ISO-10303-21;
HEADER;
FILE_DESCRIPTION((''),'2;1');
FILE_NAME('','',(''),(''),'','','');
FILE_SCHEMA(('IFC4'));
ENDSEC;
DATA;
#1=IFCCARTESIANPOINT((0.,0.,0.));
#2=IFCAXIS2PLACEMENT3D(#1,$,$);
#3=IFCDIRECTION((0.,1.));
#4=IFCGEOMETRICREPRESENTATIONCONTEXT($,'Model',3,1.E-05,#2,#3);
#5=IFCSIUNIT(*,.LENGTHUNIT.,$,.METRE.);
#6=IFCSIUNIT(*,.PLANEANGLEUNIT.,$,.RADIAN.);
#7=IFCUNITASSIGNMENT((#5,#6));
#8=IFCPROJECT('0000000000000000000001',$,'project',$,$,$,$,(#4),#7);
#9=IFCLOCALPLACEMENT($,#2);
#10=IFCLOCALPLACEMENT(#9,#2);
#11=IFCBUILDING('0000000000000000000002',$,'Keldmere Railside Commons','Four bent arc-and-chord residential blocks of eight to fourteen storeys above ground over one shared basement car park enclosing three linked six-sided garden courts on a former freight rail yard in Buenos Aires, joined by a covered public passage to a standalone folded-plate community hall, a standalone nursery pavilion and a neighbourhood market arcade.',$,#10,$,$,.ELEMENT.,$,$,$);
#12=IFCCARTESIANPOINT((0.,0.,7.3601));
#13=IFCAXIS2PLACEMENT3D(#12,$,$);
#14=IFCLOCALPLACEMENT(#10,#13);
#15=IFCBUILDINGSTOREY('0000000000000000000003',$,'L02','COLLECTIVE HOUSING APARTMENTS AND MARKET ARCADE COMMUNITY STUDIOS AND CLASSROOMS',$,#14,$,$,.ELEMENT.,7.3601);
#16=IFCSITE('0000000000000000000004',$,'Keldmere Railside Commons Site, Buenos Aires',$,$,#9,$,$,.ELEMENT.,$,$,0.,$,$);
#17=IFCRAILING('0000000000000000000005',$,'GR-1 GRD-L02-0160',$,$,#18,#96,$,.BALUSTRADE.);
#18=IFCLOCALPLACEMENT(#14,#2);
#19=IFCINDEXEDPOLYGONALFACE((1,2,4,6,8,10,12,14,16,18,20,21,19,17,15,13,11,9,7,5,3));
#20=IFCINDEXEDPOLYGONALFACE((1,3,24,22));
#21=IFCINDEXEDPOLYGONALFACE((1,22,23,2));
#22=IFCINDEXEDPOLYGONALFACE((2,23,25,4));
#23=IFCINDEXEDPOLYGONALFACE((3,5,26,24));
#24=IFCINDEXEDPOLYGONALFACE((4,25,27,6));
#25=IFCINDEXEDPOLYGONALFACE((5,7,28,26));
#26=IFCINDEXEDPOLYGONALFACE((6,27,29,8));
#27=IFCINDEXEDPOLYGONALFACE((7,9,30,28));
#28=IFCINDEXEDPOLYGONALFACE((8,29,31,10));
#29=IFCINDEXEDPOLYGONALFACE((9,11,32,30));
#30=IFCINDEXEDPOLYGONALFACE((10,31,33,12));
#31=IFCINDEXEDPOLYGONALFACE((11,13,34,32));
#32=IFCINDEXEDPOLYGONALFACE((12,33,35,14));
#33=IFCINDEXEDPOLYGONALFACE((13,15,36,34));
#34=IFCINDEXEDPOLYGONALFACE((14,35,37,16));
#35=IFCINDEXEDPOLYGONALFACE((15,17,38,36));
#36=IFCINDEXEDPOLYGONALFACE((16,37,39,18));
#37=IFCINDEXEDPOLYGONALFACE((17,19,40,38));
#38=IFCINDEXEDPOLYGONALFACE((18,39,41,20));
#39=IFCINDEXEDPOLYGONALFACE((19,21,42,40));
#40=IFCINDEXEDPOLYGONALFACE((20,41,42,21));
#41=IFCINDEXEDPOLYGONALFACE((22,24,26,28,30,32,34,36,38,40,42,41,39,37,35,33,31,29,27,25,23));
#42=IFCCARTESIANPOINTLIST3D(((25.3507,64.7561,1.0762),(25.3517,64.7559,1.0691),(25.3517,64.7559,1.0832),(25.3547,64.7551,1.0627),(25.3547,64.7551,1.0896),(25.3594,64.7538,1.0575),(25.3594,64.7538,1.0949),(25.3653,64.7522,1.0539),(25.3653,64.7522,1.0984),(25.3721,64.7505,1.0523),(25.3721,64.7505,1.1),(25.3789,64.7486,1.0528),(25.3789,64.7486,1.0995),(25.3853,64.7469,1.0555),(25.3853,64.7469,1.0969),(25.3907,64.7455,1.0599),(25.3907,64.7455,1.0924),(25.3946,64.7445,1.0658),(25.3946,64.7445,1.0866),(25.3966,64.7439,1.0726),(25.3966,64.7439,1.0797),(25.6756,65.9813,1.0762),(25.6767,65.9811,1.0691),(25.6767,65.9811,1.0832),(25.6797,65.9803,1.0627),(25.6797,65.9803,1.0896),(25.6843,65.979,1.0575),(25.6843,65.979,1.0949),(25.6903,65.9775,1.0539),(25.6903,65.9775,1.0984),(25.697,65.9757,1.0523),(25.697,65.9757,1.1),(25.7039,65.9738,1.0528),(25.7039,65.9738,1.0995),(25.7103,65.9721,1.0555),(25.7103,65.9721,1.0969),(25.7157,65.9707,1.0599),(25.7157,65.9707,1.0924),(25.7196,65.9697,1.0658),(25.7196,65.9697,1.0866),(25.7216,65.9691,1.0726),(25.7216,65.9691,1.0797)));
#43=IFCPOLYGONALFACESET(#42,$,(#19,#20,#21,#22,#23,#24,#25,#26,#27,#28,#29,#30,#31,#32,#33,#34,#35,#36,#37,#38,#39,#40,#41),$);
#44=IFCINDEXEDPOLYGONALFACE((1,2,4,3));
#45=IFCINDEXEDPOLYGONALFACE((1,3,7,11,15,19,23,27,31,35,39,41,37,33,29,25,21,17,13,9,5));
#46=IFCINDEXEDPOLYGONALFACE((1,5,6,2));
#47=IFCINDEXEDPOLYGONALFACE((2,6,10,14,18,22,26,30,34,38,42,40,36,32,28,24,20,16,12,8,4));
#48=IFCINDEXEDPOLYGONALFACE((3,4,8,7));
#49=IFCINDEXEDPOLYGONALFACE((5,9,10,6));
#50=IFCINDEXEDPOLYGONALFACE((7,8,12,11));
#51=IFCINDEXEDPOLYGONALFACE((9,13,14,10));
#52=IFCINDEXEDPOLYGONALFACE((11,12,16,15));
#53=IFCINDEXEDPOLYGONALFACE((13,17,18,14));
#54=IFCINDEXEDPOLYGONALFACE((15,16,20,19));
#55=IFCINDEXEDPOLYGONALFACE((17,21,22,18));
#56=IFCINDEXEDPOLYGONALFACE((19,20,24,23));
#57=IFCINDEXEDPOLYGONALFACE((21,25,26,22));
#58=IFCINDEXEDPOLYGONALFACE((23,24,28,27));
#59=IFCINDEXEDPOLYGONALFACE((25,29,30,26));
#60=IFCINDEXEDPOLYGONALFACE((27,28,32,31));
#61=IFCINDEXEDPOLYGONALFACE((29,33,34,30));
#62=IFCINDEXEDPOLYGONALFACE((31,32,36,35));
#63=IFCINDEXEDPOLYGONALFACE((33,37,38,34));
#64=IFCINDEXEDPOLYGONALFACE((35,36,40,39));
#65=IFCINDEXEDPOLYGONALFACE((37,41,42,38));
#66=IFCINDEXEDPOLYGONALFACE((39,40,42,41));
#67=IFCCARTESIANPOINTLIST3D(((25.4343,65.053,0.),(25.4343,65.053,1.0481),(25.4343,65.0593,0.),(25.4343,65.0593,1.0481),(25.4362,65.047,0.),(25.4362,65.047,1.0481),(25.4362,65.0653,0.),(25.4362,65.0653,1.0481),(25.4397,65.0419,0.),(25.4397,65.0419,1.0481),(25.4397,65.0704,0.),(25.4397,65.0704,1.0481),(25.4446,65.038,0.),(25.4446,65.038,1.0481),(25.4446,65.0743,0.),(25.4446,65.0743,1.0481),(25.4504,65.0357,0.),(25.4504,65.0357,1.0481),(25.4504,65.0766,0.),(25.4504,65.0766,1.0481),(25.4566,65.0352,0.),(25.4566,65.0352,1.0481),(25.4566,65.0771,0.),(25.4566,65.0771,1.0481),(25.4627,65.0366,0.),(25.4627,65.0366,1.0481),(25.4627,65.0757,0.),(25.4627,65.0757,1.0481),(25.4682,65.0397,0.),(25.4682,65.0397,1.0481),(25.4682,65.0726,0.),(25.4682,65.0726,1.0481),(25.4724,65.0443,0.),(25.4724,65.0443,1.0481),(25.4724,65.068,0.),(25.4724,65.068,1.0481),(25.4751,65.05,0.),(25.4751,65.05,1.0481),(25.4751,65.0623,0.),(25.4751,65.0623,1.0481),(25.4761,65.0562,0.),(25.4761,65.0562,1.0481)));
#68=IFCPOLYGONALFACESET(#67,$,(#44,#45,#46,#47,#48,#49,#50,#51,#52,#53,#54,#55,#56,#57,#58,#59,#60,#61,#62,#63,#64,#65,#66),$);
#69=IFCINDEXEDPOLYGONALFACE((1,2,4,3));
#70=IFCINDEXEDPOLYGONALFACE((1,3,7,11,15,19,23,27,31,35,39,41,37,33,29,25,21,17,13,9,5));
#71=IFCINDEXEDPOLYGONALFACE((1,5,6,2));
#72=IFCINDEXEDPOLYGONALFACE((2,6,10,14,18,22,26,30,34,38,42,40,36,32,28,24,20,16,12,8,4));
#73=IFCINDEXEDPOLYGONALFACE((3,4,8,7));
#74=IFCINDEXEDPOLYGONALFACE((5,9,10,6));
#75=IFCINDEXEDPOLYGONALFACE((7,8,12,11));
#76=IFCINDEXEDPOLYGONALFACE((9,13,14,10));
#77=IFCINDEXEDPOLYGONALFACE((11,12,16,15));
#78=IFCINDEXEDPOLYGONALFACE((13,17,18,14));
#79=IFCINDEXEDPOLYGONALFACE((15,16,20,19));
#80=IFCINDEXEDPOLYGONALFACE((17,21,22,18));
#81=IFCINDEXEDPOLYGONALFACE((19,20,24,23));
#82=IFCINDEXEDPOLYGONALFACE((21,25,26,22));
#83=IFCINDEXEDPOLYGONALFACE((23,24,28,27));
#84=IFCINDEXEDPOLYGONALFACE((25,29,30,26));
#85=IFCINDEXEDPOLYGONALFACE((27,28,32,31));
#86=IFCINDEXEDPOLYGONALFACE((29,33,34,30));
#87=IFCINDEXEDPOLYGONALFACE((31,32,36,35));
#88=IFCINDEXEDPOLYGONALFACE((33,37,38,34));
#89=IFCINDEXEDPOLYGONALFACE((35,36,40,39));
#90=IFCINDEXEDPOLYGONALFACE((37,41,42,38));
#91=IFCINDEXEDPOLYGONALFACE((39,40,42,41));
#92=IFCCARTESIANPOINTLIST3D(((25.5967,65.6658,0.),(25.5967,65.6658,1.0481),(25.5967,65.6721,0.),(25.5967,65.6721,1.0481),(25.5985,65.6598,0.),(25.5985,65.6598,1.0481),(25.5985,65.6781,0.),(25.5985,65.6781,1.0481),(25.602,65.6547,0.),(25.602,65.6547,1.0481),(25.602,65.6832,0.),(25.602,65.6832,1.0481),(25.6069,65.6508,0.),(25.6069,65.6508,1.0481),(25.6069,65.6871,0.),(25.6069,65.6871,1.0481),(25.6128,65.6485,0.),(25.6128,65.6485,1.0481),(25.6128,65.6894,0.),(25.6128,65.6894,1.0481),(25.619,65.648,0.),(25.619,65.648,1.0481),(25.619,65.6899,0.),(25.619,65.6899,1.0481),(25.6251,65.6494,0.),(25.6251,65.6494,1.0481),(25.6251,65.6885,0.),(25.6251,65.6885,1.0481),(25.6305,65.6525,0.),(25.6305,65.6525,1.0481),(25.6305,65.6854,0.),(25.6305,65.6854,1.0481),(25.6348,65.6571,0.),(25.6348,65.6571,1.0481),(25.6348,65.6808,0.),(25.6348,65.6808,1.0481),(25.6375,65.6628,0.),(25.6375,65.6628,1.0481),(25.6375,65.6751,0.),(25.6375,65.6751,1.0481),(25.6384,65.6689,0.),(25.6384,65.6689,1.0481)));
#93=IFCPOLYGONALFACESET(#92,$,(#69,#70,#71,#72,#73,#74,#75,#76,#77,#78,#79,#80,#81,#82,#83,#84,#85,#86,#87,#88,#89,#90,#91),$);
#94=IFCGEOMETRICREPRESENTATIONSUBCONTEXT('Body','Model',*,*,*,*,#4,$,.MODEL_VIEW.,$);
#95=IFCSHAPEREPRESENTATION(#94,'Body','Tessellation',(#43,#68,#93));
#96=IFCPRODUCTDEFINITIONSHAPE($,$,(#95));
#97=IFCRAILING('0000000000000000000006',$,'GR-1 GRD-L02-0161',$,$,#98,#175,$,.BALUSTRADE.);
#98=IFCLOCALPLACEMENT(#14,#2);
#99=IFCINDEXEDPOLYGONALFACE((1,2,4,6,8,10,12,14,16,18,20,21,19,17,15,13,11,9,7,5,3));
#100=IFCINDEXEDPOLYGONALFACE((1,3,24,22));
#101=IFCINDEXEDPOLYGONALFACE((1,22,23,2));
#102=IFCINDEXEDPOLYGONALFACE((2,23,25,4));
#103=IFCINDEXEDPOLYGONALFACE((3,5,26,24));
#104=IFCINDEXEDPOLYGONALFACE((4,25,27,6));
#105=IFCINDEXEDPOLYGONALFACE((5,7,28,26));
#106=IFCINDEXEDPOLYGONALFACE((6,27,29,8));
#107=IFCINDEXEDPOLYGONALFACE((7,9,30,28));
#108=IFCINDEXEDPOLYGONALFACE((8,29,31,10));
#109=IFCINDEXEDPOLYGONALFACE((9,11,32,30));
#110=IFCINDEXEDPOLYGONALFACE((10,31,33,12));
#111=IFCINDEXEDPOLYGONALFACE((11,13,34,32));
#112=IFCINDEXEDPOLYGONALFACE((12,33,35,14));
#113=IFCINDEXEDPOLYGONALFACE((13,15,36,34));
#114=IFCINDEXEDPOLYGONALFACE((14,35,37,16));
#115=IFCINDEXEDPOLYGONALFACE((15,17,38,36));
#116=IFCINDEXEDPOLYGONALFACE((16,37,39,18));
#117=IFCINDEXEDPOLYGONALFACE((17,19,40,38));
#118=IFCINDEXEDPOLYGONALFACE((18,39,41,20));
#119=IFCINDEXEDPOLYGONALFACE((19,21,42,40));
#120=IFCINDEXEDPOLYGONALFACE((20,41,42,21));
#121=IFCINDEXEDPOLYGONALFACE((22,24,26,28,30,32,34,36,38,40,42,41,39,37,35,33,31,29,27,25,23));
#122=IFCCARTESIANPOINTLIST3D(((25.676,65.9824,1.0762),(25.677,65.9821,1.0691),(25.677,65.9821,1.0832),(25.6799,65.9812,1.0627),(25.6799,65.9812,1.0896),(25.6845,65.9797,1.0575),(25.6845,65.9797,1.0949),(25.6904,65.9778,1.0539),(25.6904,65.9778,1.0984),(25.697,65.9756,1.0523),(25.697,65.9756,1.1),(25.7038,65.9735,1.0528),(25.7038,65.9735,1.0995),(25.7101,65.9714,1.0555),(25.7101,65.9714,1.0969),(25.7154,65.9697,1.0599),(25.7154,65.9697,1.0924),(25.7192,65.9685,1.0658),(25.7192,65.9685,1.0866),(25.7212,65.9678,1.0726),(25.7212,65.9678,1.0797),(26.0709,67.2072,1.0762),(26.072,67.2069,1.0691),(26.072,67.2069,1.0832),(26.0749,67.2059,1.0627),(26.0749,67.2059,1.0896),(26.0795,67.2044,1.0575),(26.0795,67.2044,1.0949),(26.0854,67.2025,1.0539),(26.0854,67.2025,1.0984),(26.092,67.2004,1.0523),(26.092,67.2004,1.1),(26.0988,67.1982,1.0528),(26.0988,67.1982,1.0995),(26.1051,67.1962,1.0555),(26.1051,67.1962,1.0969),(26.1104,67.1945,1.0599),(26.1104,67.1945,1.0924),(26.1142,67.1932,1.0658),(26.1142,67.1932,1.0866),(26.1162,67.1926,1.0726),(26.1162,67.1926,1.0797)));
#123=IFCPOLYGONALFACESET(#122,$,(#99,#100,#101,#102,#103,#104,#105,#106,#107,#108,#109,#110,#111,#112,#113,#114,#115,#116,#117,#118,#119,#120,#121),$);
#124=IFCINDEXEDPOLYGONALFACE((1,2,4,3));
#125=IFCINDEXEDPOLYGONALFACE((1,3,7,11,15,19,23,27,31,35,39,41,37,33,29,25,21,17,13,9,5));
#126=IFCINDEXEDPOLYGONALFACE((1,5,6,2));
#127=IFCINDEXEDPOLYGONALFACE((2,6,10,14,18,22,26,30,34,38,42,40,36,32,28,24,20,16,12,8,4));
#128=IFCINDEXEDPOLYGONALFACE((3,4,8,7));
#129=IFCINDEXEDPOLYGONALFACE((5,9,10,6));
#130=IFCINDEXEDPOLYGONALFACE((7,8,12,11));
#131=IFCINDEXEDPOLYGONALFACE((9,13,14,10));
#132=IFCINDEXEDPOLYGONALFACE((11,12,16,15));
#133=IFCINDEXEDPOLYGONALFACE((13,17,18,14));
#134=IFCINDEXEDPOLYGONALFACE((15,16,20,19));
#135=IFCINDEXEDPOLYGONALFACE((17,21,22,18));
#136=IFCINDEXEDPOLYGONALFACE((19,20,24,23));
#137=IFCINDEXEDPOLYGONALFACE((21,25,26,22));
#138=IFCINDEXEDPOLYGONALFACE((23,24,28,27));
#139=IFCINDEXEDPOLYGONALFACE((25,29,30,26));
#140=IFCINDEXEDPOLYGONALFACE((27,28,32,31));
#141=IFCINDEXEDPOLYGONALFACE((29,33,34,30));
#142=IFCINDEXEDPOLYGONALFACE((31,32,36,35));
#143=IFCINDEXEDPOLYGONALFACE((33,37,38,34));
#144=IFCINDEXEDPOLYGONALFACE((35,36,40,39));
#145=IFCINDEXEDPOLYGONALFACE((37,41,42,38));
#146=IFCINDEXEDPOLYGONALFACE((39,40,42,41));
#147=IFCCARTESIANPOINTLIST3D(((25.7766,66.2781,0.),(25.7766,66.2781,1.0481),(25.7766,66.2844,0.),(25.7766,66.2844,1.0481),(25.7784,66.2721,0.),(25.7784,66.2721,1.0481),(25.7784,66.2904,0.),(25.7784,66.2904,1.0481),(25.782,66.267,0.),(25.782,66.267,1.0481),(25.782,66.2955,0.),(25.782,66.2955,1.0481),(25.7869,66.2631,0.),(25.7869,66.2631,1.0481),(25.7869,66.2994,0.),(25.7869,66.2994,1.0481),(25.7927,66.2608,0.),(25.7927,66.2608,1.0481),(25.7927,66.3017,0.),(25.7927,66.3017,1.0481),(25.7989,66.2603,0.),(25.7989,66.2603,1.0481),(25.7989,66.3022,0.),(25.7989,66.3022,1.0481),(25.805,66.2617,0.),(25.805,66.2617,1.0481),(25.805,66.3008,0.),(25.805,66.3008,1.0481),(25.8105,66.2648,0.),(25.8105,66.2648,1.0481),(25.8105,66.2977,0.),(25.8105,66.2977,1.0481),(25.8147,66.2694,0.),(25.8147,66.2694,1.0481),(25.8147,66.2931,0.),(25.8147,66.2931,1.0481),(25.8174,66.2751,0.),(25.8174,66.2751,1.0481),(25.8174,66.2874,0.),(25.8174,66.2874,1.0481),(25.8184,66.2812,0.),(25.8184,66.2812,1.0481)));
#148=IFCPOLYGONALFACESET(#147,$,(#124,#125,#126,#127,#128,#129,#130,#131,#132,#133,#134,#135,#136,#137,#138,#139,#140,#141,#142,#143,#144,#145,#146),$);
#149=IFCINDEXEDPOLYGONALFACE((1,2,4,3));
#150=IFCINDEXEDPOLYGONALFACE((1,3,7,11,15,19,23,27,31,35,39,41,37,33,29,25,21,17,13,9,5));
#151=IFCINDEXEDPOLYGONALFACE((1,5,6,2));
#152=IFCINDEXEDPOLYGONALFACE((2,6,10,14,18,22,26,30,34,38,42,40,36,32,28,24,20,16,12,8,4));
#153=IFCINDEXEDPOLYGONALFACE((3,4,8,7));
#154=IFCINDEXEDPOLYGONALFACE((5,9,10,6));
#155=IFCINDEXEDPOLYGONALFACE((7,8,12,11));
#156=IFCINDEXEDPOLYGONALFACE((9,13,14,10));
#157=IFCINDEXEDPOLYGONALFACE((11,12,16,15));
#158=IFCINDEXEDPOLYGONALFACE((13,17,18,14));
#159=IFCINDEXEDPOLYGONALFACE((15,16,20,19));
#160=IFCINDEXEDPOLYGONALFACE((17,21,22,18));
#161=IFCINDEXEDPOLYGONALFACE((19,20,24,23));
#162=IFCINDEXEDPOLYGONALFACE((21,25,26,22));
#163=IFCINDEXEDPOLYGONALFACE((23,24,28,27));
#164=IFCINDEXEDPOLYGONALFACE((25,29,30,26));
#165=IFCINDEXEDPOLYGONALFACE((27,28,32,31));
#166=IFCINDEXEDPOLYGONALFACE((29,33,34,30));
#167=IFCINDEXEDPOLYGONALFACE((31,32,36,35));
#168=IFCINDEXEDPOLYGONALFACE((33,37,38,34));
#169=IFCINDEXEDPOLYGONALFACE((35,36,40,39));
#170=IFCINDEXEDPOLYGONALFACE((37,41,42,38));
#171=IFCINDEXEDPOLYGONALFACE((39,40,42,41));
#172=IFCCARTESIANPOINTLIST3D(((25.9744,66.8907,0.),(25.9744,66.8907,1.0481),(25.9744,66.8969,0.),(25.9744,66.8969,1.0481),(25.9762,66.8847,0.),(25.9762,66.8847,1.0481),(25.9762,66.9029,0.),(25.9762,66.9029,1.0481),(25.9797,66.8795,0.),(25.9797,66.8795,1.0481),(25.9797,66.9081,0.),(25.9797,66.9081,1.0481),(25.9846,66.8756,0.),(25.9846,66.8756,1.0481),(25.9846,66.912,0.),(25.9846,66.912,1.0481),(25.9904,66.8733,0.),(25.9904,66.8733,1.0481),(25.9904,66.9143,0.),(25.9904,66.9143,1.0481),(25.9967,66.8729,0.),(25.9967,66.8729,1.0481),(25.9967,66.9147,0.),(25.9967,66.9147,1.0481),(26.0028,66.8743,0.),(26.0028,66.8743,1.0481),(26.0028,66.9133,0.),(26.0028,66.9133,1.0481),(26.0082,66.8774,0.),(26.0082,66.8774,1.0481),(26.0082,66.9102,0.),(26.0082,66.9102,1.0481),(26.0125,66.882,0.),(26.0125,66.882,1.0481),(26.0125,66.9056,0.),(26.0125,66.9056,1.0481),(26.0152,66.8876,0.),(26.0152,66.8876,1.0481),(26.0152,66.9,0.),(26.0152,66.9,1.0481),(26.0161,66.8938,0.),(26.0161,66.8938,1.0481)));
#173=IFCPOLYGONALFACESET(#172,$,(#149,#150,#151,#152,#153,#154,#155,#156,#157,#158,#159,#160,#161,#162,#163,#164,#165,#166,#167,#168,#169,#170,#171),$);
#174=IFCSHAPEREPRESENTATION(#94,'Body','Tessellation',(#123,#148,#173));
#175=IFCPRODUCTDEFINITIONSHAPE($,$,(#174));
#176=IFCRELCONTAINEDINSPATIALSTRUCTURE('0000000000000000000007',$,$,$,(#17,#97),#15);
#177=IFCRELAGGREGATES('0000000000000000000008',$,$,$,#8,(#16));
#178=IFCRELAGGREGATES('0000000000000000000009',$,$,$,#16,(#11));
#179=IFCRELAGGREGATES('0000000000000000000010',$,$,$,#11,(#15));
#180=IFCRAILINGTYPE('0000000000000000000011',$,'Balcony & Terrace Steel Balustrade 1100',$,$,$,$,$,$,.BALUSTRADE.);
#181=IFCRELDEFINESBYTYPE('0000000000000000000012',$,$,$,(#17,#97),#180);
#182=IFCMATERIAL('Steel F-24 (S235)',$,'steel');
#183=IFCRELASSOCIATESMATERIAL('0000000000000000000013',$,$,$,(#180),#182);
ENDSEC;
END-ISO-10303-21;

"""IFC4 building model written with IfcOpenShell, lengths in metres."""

from ifc_helpers import new_model, si_unit, direction, frame, origin, origin_2d, place, context, subcontext, project, spatial, circle, extrude, material, type_object, element, save


model = new_model("IFC4")

# Units and contexts
model_context = context("Model", 3, precision=1e-05, world=origin(), true_north=direction((0.0, 1.0)))
body_context = subcontext(model_context, "Body", "Model", "MODEL_VIEW")
ifc_project = project(units=[si_unit("LENGTHUNIT", "METRE"), si_unit("PLANEANGLEUNIT", "RADIAN")], contexts=[model_context])

# Site, building, storey
site_placement = place(None, origin())
site = spatial("IfcSite", under=ifc_project, at=site_placement, Name="Keldmere Railside Commons Site, Buenos Aires", CompositionType="ELEMENT", RefElevation=0.0)
building_placement = place(site_placement, origin())
building = spatial("IfcBuilding", under=site, at=building_placement, Name="Keldmere Railside Commons", Description="Four bent arc-and-chord residential blocks of eight to fourteen storeys above ground over one shared basement car park enclosing three linked six-sided garden courts on a former freight rail yard in Buenos Aires, joined by a covered public passage to a standalone folded-plate community hall, a standalone nursery pavilion and a neighbourhood market arcade.", CompositionType="ELEMENT")
storey_placement = place(building_placement, frame((0.0, 0.0, 7.3601)))
storey = spatial("IfcBuildingStorey", under=building, at=storey_placement, Name="L02", Description="COLLECTIVE HOUSING APARTMENTS AND MARKET ARCADE COMMUNITY STUDIOS AND CLASSROOMS", CompositionType="ELEMENT", Elevation=7.3601)

# Railings
ifc_material_1 = material(Name="Steel F-24 (S235)", Category="steel")
railing_type = type_object("IfcRailingType", Name="Balcony & Terrace Steel Balustrade 1100", PredefinedType="BALUSTRADE", material=ifc_material_1)
railing_1_placement = place(storey_placement, frame((25.3738, 64.75, 0.0)))
element("IfcRailing", 1, at=railing_1_placement, inside=storey, type_object=railing_type, Name="GR-1 GRD-L02-0160", PredefinedType="BALUSTRADE", context=body_context, shape_type="SweptSolid", body=[
    extrude(circle(Radius=0.0239, at=origin_2d()), frame((0.0, 0.0, 1.0762), z_axis=(0.25638, 0.966576, 0.0), x_axis=(-0.966576, 0.25638, 0.0)), (0.0, 0.0, 1.0), 1.2676),
    extrude(circle(Radius=0.021, at=origin_2d()), frame((0.0813, 0.3062, 0.0)), (0.0, 0.0, 1.0), 1.0481),
    extrude(circle(Radius=0.021, at=origin_2d()), frame((0.2437, 0.9189, 0.0)), (0.0, 0.0, 1.0), 1.0481),
])
railing_2_placement = place(storey_placement, frame((25.6987, 65.9751, 0.0)))
element("IfcRailing", 2, at=railing_2_placement, inside=storey, type_object=railing_type, Name="GR-1 GRD-L02-0161", PredefinedType="BALUSTRADE", context=body_context, shape_type="SweptSolid", body=[
    extrude(circle(Radius=0.0239, at=origin_2d()), frame((0.0, 0.0, 1.0762), z_axis=(0.306936, 0.95173, 0.0), x_axis=(-0.95173, 0.306936, 0.0)), (0.0, 0.0, 1.0), 1.2869),
    extrude(circle(Radius=0.021, at=origin_2d()), frame((0.0986, 0.3062, 0.0)), (0.0, 0.0, 1.0), 1.0481),
    extrude(circle(Radius=0.021, at=origin_2d()), frame((0.2964, 0.9187, 0.0)), (0.0, 0.0, 1.0), 1.0481),
])

save(model, "model.ifc")
